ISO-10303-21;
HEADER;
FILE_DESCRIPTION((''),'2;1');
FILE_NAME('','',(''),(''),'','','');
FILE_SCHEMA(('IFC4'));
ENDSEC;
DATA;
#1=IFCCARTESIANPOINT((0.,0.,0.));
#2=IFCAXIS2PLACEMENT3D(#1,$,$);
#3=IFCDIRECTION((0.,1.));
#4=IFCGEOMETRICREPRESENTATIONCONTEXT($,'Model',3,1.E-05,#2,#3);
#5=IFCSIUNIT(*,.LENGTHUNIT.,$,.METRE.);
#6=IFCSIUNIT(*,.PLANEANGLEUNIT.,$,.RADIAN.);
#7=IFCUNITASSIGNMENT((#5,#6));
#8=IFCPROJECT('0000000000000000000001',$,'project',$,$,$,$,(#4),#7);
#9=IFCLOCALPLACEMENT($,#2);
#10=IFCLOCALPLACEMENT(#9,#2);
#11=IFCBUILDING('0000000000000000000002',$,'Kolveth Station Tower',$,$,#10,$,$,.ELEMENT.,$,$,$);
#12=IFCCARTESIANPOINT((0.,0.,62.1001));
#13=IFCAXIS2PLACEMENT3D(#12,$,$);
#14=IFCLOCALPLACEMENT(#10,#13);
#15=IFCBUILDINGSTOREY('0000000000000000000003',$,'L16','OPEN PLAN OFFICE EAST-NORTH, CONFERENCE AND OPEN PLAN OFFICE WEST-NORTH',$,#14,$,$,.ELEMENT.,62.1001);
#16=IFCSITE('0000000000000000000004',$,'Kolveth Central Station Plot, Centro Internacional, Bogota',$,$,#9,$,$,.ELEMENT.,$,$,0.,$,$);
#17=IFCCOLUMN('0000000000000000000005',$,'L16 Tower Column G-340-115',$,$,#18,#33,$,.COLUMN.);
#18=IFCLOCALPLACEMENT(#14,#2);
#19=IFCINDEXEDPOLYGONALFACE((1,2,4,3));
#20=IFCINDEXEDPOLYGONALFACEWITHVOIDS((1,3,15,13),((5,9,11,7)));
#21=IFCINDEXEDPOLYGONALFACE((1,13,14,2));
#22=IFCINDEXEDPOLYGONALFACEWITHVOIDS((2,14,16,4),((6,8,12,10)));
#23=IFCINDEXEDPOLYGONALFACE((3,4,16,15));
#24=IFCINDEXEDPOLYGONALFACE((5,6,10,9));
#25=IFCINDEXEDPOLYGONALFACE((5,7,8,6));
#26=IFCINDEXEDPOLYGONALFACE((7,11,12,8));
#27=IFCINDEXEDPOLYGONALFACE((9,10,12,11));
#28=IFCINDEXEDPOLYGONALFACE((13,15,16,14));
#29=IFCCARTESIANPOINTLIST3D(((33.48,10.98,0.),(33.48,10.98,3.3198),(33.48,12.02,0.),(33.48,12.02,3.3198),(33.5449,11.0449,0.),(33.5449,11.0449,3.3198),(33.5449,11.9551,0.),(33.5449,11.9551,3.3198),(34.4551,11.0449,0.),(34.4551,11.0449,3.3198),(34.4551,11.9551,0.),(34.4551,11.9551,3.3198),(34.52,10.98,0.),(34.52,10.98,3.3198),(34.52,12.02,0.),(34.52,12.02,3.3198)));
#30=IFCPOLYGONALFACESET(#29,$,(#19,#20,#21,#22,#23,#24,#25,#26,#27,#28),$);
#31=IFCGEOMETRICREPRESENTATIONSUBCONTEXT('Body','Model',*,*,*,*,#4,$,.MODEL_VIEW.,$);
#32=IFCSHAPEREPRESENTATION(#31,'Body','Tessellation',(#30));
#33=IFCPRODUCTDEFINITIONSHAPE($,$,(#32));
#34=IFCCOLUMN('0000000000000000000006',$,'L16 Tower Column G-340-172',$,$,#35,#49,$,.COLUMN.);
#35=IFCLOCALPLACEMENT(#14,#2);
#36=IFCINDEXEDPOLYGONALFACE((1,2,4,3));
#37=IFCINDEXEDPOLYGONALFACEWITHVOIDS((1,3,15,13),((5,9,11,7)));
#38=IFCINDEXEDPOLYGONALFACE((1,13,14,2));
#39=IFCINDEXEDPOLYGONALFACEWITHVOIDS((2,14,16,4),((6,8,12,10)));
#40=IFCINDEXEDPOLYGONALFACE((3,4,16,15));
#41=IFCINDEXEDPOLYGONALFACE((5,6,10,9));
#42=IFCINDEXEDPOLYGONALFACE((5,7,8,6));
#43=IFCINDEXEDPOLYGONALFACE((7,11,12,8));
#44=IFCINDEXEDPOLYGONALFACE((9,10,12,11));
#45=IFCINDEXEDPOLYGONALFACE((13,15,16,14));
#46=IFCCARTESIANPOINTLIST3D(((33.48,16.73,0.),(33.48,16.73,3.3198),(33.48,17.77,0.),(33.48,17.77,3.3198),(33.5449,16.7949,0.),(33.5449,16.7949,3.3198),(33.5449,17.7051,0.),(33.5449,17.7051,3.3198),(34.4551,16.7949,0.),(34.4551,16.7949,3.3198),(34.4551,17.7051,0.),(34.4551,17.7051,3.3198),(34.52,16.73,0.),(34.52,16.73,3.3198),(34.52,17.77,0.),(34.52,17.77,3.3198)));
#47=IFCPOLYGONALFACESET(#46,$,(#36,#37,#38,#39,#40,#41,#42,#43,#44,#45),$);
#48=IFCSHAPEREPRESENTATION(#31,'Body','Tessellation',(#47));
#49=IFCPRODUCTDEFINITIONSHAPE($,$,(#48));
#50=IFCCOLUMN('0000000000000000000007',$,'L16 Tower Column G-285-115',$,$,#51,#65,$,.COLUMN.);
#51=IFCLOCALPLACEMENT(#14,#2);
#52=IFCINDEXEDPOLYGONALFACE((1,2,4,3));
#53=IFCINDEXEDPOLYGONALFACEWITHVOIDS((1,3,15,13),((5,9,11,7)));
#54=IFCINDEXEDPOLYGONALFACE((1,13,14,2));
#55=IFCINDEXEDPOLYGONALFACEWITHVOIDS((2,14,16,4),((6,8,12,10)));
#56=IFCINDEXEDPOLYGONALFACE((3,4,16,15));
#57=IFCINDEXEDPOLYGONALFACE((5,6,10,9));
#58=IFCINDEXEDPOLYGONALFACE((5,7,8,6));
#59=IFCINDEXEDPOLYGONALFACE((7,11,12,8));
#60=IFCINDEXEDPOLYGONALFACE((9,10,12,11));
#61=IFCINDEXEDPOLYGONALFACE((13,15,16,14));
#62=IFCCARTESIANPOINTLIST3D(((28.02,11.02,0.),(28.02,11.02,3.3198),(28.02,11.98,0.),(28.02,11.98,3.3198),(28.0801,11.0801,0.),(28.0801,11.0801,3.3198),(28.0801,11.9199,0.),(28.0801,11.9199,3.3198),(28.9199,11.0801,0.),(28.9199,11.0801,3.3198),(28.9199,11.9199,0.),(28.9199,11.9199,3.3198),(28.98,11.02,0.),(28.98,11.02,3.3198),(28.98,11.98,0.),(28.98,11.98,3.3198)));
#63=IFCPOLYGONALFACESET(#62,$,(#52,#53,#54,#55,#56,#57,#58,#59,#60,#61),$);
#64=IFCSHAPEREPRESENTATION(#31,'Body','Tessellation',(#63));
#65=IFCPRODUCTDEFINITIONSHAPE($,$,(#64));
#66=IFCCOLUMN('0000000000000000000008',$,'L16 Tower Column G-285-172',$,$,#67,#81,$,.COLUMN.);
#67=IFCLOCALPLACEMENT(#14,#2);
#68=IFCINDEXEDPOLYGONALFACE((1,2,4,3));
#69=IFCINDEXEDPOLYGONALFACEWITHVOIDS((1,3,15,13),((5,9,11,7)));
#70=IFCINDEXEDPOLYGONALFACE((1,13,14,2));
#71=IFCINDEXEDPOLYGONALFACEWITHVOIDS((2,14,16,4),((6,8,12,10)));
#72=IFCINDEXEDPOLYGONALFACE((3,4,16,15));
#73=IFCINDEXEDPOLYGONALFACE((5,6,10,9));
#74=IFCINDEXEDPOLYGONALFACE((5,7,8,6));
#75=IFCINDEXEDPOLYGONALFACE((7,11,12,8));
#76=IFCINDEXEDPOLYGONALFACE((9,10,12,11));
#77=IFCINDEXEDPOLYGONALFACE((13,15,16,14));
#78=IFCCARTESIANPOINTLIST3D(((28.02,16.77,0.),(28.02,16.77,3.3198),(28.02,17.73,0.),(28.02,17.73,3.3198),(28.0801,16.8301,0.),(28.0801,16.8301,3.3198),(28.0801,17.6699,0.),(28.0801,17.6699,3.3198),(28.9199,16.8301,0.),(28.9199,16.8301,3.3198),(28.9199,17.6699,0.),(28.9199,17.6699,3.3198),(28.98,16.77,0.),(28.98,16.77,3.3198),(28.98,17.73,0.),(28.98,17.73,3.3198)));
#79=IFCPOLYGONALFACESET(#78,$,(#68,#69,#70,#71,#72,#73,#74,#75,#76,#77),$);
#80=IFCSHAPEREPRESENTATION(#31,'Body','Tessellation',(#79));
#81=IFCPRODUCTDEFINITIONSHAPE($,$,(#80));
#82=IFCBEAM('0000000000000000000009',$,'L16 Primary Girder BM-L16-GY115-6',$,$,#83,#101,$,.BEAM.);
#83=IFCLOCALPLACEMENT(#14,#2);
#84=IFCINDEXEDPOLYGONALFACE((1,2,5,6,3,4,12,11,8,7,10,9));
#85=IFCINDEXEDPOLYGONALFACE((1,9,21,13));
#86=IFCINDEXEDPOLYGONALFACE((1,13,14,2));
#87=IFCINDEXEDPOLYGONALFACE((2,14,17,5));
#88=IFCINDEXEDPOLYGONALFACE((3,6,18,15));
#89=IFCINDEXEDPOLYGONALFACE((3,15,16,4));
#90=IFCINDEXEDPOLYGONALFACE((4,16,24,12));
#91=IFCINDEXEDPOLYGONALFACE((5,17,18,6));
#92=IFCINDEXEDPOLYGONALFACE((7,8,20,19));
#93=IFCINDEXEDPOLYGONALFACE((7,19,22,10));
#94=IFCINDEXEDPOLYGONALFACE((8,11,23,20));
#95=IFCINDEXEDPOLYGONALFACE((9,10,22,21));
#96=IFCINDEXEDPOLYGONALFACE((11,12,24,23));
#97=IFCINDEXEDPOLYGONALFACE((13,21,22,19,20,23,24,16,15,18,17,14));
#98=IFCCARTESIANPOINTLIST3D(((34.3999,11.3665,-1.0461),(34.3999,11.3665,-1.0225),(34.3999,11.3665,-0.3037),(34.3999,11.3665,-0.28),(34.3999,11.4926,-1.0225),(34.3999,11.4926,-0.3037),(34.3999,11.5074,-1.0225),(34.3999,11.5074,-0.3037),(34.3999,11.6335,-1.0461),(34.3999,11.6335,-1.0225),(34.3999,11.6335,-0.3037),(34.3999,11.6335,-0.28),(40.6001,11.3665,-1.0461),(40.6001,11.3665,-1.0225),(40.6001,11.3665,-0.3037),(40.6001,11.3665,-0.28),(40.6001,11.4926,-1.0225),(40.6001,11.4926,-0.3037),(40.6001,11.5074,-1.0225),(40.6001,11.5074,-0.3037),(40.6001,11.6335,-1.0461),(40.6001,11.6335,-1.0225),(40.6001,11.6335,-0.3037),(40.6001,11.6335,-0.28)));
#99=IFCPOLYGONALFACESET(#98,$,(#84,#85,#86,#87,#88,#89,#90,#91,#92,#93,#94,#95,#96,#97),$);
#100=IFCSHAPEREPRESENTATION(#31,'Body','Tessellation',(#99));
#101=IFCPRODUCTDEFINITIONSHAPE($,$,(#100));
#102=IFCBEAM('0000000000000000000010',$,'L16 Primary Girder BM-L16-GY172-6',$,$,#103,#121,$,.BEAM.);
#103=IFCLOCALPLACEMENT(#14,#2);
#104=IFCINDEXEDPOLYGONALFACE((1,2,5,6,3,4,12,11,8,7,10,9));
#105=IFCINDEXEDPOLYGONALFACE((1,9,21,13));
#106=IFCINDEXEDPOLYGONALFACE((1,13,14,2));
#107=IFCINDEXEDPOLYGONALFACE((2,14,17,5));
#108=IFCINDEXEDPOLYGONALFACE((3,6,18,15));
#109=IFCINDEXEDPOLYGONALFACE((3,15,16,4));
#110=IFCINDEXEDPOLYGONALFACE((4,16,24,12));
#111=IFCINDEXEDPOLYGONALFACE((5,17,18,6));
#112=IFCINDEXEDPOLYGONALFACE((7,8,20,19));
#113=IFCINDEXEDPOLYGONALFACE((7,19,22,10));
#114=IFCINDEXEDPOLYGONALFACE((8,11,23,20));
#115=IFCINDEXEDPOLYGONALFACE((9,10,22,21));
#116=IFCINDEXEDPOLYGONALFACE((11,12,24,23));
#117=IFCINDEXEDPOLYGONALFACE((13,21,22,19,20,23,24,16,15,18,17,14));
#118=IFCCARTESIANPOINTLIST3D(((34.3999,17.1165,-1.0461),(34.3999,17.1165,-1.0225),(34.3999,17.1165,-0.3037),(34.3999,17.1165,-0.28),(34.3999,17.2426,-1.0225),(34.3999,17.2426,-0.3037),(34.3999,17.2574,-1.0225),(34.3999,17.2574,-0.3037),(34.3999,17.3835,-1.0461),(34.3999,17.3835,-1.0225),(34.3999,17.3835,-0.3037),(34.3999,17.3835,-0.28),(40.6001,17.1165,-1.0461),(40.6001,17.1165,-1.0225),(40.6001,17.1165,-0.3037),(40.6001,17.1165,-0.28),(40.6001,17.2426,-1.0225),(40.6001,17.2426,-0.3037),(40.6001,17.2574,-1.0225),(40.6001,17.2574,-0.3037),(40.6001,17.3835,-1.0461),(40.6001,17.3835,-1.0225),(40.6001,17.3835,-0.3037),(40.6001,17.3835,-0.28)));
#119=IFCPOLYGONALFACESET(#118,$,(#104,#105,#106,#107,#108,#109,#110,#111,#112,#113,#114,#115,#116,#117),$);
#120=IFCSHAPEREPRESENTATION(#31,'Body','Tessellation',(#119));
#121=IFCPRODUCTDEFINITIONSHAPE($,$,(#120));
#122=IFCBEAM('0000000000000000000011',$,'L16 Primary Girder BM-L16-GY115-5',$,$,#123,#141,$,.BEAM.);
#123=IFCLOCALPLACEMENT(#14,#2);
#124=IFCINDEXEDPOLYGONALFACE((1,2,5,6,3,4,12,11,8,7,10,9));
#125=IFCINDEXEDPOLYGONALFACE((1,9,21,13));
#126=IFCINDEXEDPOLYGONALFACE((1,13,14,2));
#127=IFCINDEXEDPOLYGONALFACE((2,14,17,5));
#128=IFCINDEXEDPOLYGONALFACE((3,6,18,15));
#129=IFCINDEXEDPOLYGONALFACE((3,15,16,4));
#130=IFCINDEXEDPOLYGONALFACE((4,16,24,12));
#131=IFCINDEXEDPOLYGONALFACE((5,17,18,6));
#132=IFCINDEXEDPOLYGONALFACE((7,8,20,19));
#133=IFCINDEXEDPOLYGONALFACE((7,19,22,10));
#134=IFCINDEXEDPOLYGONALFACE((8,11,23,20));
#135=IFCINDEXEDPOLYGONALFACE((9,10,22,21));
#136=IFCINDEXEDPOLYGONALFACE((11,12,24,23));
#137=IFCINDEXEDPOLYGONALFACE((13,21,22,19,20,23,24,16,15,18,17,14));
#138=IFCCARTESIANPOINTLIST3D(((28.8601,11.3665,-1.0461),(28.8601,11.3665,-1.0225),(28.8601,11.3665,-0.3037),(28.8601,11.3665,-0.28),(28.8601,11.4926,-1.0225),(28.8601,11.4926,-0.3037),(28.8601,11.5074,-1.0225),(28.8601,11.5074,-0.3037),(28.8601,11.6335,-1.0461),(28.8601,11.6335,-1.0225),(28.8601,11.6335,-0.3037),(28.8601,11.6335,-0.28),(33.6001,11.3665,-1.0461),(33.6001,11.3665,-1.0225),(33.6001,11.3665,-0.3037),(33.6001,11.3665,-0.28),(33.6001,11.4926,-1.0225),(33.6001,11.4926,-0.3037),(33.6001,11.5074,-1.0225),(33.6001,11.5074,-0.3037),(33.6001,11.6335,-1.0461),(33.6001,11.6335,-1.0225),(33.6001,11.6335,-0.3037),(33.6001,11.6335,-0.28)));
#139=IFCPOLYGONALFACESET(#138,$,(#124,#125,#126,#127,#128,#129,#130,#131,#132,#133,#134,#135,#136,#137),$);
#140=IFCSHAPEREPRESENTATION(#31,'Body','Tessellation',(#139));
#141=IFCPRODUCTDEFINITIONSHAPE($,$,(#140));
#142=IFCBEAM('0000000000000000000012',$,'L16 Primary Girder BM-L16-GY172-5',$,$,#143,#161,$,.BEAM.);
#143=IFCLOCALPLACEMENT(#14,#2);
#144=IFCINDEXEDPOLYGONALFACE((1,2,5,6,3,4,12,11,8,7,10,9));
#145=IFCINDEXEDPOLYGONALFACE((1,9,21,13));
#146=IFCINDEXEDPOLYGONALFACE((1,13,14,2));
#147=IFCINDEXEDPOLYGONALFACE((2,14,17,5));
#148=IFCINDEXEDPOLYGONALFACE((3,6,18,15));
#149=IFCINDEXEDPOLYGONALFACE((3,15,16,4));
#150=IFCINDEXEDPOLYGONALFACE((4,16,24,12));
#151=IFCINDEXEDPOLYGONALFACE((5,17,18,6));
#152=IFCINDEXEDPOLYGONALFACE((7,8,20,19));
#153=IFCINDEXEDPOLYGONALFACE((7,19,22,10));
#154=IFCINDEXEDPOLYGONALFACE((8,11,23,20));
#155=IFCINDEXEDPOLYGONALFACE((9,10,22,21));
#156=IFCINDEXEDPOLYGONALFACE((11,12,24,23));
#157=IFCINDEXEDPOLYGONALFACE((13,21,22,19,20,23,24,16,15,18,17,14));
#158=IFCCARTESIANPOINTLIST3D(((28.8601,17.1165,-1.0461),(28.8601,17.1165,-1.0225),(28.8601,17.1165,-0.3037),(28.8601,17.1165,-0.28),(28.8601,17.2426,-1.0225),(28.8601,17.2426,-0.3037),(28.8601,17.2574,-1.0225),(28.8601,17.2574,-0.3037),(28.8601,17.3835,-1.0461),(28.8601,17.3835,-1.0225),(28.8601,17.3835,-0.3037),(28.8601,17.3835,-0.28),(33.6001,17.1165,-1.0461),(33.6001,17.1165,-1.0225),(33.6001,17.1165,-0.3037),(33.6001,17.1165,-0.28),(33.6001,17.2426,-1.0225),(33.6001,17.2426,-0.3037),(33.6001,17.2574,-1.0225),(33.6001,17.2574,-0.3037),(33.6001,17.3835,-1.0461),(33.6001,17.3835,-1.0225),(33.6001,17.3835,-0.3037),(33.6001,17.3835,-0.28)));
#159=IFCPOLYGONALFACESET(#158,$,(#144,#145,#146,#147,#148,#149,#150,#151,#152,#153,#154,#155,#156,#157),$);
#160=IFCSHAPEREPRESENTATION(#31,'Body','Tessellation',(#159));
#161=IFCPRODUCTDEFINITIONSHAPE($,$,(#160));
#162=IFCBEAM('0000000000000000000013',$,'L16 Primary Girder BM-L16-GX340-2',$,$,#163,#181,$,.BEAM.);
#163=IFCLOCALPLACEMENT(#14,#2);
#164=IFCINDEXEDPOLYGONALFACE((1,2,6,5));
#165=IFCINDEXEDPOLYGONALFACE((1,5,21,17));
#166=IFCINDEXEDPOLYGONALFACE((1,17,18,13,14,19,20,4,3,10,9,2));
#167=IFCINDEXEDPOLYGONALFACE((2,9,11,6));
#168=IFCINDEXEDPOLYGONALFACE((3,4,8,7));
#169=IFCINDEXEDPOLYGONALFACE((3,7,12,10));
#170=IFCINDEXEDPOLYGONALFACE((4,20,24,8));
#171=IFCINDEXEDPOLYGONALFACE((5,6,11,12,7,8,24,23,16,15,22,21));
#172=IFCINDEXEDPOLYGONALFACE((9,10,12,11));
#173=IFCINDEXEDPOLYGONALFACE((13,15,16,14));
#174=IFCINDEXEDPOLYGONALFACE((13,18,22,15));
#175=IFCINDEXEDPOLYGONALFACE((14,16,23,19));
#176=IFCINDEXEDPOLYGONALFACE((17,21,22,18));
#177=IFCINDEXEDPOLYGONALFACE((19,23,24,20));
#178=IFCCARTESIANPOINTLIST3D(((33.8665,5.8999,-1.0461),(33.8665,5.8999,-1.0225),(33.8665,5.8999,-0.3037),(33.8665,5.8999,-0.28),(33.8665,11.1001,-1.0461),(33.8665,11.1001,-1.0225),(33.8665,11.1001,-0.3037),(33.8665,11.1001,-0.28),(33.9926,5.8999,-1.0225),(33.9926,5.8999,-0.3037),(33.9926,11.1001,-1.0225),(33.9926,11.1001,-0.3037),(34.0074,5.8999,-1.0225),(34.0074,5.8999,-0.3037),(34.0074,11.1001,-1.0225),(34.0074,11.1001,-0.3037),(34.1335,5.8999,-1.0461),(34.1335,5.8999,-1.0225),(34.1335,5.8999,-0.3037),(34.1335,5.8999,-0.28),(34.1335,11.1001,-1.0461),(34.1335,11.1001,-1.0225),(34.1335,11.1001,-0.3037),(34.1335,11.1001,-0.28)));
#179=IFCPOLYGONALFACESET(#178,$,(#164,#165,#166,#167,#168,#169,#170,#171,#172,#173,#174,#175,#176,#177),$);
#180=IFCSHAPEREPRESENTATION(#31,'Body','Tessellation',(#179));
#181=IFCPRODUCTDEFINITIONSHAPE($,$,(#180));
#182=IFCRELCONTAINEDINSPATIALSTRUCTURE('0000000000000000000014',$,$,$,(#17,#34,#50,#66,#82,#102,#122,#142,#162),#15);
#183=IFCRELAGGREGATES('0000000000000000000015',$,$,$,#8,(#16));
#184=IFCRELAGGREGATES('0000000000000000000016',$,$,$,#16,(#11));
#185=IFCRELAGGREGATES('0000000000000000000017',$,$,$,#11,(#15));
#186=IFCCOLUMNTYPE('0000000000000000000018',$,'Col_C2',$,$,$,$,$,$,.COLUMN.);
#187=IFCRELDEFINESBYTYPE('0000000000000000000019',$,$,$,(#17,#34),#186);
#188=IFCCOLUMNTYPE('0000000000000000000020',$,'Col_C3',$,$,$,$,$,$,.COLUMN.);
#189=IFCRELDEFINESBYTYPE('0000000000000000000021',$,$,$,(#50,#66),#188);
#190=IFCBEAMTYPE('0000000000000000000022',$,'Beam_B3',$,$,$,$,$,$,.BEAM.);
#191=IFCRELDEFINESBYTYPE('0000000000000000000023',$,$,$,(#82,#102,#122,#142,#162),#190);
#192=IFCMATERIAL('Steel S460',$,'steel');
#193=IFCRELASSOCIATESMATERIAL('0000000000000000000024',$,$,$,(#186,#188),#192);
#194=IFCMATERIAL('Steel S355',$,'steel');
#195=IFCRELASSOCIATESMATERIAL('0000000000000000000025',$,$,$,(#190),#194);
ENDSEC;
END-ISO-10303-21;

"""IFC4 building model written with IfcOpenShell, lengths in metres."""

from ifc_helpers import new_model, si_unit, direction, frame, origin, origin_2d, place, context, subcontext, project, spatial, hollow_rectangle, i_section, extrude, source, transform, mapped, material, material_profile, profile_set, type_object, element, save


model = new_model("IFC4")

# Units and contexts
model_context = context("Model", 3, precision=1e-05, world=origin(), true_north=direction((0.0, 1.0)))
body_context = subcontext(model_context, "Body", "Model", "MODEL_VIEW")
ifc_project = project(units=[si_unit("LENGTHUNIT", "METRE"), si_unit("PLANEANGLEUNIT", "RADIAN")], contexts=[model_context])

# Site, building, storey
site_placement = place(None, origin())
site = spatial("IfcSite", under=ifc_project, at=site_placement, Name="Kolveth Central Station Plot, Centro Internacional, Bogota", CompositionType="ELEMENT", RefElevation=0.0)
building_placement = place(site_placement, origin())
building = spatial("IfcBuilding", under=site, at=building_placement, Name="Kolveth Station Tower", CompositionType="ELEMENT")
storey_placement = place(building_placement, frame((0.0, 0.0, 62.1001)))
storey = spatial("IfcBuildingStorey", under=building, at=storey_placement, Name="L16", Description="OPEN PLAN OFFICE EAST-NORTH, CONFERENCE AND OPEN PLAN OFFICE WEST-NORTH", CompositionType="ELEMENT", Elevation=62.1001)

# Columns
ifc_material_1 = material(Name="Steel S460", Category="steel")
ifc_material_profile_1 = material_profile(ifc_material_1, hollow_rectangle(XDim=1.04, YDim=1.04, WallThickness=0.0649, at=origin_2d()), Name="BOX1040x1040x65")
ifc_profile_set_1 = profile_set([ifc_material_profile_1], Name="Steel S460")
column_type_1 = type_object("IfcColumnType", Name="Col_C2", PredefinedType="COLUMN", material=ifc_profile_set_1)
shared_shape_1 = source(origin(), body_context, "Body", "SweptSolid", [
    extrude(hollow_rectangle(XDim=1.04, YDim=1.04, WallThickness=0.0649, at=origin_2d()), origin(), (0.0, 0.0, 1.0), 3.3198),
])
for number, where, z_axis, x_axis, name in (
    (1, (34.0, 11.5, 0.0), (0.0, 0.0, 1.0), (1.0, 0.0, 0.0), "L16 Tower Column G-340-115"),
    (2, (34.0, 17.25, 0.0), (0.0, 0.0, 1.0), (1.0, 0.0, 0.0), "L16 Tower Column G-340-172"),
):
    element("IfcColumn", number, at=place(storey_placement, frame(where, z_axis=z_axis, x_axis=x_axis)), inside=storey, type_object=column_type_1, Name=name, PredefinedType="COLUMN", context=body_context, shape_type="MappedRepresentation", body=[
        mapped(shared_shape_1, transform((0.0, 0.0, 0.0), x_axis=(1.0, 0.0, 0.0), y_axis=(0.0, 1.0, 0.0), z_axis=(0.0, 0.0, 1.0), scale=1.0)),
    ])
ifc_material_profile_2 = material_profile(ifc_material_1, hollow_rectangle(XDim=0.96, YDim=0.96, WallThickness=0.0601, at=origin_2d()), Name="BOX960x960x60")
ifc_profile_set_2 = profile_set([ifc_material_profile_2], Name="Steel S460")
column_type_2 = type_object("IfcColumnType", Name="Col_C3", PredefinedType="COLUMN", material=ifc_profile_set_2)
shared_shape_2 = source(origin(), body_context, "Body", "SweptSolid", [
    extrude(hollow_rectangle(XDim=0.96, YDim=0.96, WallThickness=0.0601, at=origin_2d()), origin(), (0.0, 0.0, 1.0), 3.3198),
])
for number, where, z_axis, x_axis, name in (
    (3, (28.5, 11.5, 0.0), (0.0, 0.0, 1.0), (1.0, 0.0, 0.0), "L16 Tower Column G-285-115"),
    (4, (28.5, 17.25, 0.0), (0.0, 0.0, 1.0), (1.0, 0.0, 0.0), "L16 Tower Column G-285-172"),
):
    element("IfcColumn", number, at=place(storey_placement, frame(where, z_axis=z_axis, x_axis=x_axis)), inside=storey, type_object=column_type_2, Name=name, PredefinedType="COLUMN", context=body_context, shape_type="MappedRepresentation", body=[
        mapped(shared_shape_2, transform((0.0, 0.0, 0.0), x_axis=(1.0, 0.0, 0.0), y_axis=(0.0, 1.0, 0.0), z_axis=(0.0, 0.0, 1.0), scale=1.0)),
    ])

# Beams
ifc_material_2 = material(Name="Steel S355", Category="steel")
ifc_material_profile_3 = material_profile(ifc_material_2, i_section(OverallWidth=0.2671, OverallDepth=0.7661, WebThickness=0.0149, FlangeThickness=0.0237, at=origin_2d()), Name="W760x185")
ifc_profile_set_3 = profile_set([ifc_material_profile_3], Name="Steel S355")
beam_type_1 = type_object("IfcBeamType", Name="Beam_B3", PredefinedType="BEAM", material=ifc_profile_set_3)
shared_shape_3 = source(origin(), body_context, "Body", "SweptSolid", [
    extrude(i_section(OverallWidth=0.2671, OverallDepth=0.7661, WebThickness=0.0149, FlangeThickness=0.0237, at=origin_2d()), origin(), (0.0, 0.0, 1.0), 6.2002),
])
for number, where, z_axis, x_axis, name in (
    (5, (34.3999, 11.5, -0.6631), (1.0, 0.0, 0.0), (0.0, 1.0, 0.0), "L16 Primary Girder BM-L16-GY115-6"),
    (6, (34.3999, 17.25, -0.6631), (1.0, 0.0, 0.0), (0.0, 1.0, 0.0), "L16 Primary Girder BM-L16-GY172-6"),
):
    element("IfcBeam", number, at=place(storey_placement, frame(where, z_axis=z_axis, x_axis=x_axis)), inside=storey, type_object=beam_type_1, Name=name, PredefinedType="BEAM", context=body_context, shape_type="MappedRepresentation", body=[
        mapped(shared_shape_3, transform((0.0, 0.0, 0.0), x_axis=(1.0, 0.0, 0.0), y_axis=(0.0, 1.0, 0.0), z_axis=(0.0, 0.0, 1.0), scale=1.0)),
    ])
shared_shape_4 = source(origin(), body_context, "Body", "SweptSolid", [
    extrude(i_section(OverallWidth=0.2671, OverallDepth=0.7661, WebThickness=0.0149, FlangeThickness=0.0237, at=origin_2d()), origin(), (0.0, 0.0, 1.0), 4.74),
])
for number, where, z_axis, x_axis, name in (
    (7, (28.8601, 11.5, -0.6631), (1.0, 0.0, 0.0), (0.0, 1.0, 0.0), "L16 Primary Girder BM-L16-GY115-5"),
    (8, (28.8601, 17.25, -0.6631), (1.0, 0.0, 0.0), (0.0, 1.0, 0.0), "L16 Primary Girder BM-L16-GY172-5"),
):
    element("IfcBeam", number, at=place(storey_placement, frame(where, z_axis=z_axis, x_axis=x_axis)), inside=storey, type_object=beam_type_1, Name=name, PredefinedType="BEAM", context=body_context, shape_type="MappedRepresentation", body=[
        mapped(shared_shape_4, transform((0.0, 0.0, 0.0), x_axis=(1.0, 0.0, 0.0), y_axis=(0.0, 1.0, 0.0), z_axis=(0.0, 0.0, 1.0), scale=1.0)),
    ])
shared_shape_5 = source(origin(), body_context, "Body", "SweptSolid", [
    extrude(i_section(OverallWidth=0.2671, OverallDepth=0.7661, WebThickness=0.0149, FlangeThickness=0.0237, at=origin_2d()), origin(), (0.0, 0.0, 1.0), 5.2002),
])
beam_1_placement = place(storey_placement, frame((34.0, 5.8999, -0.6631), z_axis=(0.0, 1.0, 0.0), x_axis=(-1.0, 0.0, 0.0)))
element("IfcBeam", 9, at=beam_1_placement, inside=storey, type_object=beam_type_1, Name="L16 Primary Girder BM-L16-GX340-2", PredefinedType="BEAM", context=body_context, shape_type="MappedRepresentation", body=[
    mapped(shared_shape_5, transform((0.0, 0.0, 0.0), x_axis=(1.0, 0.0, 0.0), y_axis=(0.0, 1.0, 0.0), z_axis=(0.0, 0.0, 1.0), scale=1.0)),
])

save(model, "model.ifc")
